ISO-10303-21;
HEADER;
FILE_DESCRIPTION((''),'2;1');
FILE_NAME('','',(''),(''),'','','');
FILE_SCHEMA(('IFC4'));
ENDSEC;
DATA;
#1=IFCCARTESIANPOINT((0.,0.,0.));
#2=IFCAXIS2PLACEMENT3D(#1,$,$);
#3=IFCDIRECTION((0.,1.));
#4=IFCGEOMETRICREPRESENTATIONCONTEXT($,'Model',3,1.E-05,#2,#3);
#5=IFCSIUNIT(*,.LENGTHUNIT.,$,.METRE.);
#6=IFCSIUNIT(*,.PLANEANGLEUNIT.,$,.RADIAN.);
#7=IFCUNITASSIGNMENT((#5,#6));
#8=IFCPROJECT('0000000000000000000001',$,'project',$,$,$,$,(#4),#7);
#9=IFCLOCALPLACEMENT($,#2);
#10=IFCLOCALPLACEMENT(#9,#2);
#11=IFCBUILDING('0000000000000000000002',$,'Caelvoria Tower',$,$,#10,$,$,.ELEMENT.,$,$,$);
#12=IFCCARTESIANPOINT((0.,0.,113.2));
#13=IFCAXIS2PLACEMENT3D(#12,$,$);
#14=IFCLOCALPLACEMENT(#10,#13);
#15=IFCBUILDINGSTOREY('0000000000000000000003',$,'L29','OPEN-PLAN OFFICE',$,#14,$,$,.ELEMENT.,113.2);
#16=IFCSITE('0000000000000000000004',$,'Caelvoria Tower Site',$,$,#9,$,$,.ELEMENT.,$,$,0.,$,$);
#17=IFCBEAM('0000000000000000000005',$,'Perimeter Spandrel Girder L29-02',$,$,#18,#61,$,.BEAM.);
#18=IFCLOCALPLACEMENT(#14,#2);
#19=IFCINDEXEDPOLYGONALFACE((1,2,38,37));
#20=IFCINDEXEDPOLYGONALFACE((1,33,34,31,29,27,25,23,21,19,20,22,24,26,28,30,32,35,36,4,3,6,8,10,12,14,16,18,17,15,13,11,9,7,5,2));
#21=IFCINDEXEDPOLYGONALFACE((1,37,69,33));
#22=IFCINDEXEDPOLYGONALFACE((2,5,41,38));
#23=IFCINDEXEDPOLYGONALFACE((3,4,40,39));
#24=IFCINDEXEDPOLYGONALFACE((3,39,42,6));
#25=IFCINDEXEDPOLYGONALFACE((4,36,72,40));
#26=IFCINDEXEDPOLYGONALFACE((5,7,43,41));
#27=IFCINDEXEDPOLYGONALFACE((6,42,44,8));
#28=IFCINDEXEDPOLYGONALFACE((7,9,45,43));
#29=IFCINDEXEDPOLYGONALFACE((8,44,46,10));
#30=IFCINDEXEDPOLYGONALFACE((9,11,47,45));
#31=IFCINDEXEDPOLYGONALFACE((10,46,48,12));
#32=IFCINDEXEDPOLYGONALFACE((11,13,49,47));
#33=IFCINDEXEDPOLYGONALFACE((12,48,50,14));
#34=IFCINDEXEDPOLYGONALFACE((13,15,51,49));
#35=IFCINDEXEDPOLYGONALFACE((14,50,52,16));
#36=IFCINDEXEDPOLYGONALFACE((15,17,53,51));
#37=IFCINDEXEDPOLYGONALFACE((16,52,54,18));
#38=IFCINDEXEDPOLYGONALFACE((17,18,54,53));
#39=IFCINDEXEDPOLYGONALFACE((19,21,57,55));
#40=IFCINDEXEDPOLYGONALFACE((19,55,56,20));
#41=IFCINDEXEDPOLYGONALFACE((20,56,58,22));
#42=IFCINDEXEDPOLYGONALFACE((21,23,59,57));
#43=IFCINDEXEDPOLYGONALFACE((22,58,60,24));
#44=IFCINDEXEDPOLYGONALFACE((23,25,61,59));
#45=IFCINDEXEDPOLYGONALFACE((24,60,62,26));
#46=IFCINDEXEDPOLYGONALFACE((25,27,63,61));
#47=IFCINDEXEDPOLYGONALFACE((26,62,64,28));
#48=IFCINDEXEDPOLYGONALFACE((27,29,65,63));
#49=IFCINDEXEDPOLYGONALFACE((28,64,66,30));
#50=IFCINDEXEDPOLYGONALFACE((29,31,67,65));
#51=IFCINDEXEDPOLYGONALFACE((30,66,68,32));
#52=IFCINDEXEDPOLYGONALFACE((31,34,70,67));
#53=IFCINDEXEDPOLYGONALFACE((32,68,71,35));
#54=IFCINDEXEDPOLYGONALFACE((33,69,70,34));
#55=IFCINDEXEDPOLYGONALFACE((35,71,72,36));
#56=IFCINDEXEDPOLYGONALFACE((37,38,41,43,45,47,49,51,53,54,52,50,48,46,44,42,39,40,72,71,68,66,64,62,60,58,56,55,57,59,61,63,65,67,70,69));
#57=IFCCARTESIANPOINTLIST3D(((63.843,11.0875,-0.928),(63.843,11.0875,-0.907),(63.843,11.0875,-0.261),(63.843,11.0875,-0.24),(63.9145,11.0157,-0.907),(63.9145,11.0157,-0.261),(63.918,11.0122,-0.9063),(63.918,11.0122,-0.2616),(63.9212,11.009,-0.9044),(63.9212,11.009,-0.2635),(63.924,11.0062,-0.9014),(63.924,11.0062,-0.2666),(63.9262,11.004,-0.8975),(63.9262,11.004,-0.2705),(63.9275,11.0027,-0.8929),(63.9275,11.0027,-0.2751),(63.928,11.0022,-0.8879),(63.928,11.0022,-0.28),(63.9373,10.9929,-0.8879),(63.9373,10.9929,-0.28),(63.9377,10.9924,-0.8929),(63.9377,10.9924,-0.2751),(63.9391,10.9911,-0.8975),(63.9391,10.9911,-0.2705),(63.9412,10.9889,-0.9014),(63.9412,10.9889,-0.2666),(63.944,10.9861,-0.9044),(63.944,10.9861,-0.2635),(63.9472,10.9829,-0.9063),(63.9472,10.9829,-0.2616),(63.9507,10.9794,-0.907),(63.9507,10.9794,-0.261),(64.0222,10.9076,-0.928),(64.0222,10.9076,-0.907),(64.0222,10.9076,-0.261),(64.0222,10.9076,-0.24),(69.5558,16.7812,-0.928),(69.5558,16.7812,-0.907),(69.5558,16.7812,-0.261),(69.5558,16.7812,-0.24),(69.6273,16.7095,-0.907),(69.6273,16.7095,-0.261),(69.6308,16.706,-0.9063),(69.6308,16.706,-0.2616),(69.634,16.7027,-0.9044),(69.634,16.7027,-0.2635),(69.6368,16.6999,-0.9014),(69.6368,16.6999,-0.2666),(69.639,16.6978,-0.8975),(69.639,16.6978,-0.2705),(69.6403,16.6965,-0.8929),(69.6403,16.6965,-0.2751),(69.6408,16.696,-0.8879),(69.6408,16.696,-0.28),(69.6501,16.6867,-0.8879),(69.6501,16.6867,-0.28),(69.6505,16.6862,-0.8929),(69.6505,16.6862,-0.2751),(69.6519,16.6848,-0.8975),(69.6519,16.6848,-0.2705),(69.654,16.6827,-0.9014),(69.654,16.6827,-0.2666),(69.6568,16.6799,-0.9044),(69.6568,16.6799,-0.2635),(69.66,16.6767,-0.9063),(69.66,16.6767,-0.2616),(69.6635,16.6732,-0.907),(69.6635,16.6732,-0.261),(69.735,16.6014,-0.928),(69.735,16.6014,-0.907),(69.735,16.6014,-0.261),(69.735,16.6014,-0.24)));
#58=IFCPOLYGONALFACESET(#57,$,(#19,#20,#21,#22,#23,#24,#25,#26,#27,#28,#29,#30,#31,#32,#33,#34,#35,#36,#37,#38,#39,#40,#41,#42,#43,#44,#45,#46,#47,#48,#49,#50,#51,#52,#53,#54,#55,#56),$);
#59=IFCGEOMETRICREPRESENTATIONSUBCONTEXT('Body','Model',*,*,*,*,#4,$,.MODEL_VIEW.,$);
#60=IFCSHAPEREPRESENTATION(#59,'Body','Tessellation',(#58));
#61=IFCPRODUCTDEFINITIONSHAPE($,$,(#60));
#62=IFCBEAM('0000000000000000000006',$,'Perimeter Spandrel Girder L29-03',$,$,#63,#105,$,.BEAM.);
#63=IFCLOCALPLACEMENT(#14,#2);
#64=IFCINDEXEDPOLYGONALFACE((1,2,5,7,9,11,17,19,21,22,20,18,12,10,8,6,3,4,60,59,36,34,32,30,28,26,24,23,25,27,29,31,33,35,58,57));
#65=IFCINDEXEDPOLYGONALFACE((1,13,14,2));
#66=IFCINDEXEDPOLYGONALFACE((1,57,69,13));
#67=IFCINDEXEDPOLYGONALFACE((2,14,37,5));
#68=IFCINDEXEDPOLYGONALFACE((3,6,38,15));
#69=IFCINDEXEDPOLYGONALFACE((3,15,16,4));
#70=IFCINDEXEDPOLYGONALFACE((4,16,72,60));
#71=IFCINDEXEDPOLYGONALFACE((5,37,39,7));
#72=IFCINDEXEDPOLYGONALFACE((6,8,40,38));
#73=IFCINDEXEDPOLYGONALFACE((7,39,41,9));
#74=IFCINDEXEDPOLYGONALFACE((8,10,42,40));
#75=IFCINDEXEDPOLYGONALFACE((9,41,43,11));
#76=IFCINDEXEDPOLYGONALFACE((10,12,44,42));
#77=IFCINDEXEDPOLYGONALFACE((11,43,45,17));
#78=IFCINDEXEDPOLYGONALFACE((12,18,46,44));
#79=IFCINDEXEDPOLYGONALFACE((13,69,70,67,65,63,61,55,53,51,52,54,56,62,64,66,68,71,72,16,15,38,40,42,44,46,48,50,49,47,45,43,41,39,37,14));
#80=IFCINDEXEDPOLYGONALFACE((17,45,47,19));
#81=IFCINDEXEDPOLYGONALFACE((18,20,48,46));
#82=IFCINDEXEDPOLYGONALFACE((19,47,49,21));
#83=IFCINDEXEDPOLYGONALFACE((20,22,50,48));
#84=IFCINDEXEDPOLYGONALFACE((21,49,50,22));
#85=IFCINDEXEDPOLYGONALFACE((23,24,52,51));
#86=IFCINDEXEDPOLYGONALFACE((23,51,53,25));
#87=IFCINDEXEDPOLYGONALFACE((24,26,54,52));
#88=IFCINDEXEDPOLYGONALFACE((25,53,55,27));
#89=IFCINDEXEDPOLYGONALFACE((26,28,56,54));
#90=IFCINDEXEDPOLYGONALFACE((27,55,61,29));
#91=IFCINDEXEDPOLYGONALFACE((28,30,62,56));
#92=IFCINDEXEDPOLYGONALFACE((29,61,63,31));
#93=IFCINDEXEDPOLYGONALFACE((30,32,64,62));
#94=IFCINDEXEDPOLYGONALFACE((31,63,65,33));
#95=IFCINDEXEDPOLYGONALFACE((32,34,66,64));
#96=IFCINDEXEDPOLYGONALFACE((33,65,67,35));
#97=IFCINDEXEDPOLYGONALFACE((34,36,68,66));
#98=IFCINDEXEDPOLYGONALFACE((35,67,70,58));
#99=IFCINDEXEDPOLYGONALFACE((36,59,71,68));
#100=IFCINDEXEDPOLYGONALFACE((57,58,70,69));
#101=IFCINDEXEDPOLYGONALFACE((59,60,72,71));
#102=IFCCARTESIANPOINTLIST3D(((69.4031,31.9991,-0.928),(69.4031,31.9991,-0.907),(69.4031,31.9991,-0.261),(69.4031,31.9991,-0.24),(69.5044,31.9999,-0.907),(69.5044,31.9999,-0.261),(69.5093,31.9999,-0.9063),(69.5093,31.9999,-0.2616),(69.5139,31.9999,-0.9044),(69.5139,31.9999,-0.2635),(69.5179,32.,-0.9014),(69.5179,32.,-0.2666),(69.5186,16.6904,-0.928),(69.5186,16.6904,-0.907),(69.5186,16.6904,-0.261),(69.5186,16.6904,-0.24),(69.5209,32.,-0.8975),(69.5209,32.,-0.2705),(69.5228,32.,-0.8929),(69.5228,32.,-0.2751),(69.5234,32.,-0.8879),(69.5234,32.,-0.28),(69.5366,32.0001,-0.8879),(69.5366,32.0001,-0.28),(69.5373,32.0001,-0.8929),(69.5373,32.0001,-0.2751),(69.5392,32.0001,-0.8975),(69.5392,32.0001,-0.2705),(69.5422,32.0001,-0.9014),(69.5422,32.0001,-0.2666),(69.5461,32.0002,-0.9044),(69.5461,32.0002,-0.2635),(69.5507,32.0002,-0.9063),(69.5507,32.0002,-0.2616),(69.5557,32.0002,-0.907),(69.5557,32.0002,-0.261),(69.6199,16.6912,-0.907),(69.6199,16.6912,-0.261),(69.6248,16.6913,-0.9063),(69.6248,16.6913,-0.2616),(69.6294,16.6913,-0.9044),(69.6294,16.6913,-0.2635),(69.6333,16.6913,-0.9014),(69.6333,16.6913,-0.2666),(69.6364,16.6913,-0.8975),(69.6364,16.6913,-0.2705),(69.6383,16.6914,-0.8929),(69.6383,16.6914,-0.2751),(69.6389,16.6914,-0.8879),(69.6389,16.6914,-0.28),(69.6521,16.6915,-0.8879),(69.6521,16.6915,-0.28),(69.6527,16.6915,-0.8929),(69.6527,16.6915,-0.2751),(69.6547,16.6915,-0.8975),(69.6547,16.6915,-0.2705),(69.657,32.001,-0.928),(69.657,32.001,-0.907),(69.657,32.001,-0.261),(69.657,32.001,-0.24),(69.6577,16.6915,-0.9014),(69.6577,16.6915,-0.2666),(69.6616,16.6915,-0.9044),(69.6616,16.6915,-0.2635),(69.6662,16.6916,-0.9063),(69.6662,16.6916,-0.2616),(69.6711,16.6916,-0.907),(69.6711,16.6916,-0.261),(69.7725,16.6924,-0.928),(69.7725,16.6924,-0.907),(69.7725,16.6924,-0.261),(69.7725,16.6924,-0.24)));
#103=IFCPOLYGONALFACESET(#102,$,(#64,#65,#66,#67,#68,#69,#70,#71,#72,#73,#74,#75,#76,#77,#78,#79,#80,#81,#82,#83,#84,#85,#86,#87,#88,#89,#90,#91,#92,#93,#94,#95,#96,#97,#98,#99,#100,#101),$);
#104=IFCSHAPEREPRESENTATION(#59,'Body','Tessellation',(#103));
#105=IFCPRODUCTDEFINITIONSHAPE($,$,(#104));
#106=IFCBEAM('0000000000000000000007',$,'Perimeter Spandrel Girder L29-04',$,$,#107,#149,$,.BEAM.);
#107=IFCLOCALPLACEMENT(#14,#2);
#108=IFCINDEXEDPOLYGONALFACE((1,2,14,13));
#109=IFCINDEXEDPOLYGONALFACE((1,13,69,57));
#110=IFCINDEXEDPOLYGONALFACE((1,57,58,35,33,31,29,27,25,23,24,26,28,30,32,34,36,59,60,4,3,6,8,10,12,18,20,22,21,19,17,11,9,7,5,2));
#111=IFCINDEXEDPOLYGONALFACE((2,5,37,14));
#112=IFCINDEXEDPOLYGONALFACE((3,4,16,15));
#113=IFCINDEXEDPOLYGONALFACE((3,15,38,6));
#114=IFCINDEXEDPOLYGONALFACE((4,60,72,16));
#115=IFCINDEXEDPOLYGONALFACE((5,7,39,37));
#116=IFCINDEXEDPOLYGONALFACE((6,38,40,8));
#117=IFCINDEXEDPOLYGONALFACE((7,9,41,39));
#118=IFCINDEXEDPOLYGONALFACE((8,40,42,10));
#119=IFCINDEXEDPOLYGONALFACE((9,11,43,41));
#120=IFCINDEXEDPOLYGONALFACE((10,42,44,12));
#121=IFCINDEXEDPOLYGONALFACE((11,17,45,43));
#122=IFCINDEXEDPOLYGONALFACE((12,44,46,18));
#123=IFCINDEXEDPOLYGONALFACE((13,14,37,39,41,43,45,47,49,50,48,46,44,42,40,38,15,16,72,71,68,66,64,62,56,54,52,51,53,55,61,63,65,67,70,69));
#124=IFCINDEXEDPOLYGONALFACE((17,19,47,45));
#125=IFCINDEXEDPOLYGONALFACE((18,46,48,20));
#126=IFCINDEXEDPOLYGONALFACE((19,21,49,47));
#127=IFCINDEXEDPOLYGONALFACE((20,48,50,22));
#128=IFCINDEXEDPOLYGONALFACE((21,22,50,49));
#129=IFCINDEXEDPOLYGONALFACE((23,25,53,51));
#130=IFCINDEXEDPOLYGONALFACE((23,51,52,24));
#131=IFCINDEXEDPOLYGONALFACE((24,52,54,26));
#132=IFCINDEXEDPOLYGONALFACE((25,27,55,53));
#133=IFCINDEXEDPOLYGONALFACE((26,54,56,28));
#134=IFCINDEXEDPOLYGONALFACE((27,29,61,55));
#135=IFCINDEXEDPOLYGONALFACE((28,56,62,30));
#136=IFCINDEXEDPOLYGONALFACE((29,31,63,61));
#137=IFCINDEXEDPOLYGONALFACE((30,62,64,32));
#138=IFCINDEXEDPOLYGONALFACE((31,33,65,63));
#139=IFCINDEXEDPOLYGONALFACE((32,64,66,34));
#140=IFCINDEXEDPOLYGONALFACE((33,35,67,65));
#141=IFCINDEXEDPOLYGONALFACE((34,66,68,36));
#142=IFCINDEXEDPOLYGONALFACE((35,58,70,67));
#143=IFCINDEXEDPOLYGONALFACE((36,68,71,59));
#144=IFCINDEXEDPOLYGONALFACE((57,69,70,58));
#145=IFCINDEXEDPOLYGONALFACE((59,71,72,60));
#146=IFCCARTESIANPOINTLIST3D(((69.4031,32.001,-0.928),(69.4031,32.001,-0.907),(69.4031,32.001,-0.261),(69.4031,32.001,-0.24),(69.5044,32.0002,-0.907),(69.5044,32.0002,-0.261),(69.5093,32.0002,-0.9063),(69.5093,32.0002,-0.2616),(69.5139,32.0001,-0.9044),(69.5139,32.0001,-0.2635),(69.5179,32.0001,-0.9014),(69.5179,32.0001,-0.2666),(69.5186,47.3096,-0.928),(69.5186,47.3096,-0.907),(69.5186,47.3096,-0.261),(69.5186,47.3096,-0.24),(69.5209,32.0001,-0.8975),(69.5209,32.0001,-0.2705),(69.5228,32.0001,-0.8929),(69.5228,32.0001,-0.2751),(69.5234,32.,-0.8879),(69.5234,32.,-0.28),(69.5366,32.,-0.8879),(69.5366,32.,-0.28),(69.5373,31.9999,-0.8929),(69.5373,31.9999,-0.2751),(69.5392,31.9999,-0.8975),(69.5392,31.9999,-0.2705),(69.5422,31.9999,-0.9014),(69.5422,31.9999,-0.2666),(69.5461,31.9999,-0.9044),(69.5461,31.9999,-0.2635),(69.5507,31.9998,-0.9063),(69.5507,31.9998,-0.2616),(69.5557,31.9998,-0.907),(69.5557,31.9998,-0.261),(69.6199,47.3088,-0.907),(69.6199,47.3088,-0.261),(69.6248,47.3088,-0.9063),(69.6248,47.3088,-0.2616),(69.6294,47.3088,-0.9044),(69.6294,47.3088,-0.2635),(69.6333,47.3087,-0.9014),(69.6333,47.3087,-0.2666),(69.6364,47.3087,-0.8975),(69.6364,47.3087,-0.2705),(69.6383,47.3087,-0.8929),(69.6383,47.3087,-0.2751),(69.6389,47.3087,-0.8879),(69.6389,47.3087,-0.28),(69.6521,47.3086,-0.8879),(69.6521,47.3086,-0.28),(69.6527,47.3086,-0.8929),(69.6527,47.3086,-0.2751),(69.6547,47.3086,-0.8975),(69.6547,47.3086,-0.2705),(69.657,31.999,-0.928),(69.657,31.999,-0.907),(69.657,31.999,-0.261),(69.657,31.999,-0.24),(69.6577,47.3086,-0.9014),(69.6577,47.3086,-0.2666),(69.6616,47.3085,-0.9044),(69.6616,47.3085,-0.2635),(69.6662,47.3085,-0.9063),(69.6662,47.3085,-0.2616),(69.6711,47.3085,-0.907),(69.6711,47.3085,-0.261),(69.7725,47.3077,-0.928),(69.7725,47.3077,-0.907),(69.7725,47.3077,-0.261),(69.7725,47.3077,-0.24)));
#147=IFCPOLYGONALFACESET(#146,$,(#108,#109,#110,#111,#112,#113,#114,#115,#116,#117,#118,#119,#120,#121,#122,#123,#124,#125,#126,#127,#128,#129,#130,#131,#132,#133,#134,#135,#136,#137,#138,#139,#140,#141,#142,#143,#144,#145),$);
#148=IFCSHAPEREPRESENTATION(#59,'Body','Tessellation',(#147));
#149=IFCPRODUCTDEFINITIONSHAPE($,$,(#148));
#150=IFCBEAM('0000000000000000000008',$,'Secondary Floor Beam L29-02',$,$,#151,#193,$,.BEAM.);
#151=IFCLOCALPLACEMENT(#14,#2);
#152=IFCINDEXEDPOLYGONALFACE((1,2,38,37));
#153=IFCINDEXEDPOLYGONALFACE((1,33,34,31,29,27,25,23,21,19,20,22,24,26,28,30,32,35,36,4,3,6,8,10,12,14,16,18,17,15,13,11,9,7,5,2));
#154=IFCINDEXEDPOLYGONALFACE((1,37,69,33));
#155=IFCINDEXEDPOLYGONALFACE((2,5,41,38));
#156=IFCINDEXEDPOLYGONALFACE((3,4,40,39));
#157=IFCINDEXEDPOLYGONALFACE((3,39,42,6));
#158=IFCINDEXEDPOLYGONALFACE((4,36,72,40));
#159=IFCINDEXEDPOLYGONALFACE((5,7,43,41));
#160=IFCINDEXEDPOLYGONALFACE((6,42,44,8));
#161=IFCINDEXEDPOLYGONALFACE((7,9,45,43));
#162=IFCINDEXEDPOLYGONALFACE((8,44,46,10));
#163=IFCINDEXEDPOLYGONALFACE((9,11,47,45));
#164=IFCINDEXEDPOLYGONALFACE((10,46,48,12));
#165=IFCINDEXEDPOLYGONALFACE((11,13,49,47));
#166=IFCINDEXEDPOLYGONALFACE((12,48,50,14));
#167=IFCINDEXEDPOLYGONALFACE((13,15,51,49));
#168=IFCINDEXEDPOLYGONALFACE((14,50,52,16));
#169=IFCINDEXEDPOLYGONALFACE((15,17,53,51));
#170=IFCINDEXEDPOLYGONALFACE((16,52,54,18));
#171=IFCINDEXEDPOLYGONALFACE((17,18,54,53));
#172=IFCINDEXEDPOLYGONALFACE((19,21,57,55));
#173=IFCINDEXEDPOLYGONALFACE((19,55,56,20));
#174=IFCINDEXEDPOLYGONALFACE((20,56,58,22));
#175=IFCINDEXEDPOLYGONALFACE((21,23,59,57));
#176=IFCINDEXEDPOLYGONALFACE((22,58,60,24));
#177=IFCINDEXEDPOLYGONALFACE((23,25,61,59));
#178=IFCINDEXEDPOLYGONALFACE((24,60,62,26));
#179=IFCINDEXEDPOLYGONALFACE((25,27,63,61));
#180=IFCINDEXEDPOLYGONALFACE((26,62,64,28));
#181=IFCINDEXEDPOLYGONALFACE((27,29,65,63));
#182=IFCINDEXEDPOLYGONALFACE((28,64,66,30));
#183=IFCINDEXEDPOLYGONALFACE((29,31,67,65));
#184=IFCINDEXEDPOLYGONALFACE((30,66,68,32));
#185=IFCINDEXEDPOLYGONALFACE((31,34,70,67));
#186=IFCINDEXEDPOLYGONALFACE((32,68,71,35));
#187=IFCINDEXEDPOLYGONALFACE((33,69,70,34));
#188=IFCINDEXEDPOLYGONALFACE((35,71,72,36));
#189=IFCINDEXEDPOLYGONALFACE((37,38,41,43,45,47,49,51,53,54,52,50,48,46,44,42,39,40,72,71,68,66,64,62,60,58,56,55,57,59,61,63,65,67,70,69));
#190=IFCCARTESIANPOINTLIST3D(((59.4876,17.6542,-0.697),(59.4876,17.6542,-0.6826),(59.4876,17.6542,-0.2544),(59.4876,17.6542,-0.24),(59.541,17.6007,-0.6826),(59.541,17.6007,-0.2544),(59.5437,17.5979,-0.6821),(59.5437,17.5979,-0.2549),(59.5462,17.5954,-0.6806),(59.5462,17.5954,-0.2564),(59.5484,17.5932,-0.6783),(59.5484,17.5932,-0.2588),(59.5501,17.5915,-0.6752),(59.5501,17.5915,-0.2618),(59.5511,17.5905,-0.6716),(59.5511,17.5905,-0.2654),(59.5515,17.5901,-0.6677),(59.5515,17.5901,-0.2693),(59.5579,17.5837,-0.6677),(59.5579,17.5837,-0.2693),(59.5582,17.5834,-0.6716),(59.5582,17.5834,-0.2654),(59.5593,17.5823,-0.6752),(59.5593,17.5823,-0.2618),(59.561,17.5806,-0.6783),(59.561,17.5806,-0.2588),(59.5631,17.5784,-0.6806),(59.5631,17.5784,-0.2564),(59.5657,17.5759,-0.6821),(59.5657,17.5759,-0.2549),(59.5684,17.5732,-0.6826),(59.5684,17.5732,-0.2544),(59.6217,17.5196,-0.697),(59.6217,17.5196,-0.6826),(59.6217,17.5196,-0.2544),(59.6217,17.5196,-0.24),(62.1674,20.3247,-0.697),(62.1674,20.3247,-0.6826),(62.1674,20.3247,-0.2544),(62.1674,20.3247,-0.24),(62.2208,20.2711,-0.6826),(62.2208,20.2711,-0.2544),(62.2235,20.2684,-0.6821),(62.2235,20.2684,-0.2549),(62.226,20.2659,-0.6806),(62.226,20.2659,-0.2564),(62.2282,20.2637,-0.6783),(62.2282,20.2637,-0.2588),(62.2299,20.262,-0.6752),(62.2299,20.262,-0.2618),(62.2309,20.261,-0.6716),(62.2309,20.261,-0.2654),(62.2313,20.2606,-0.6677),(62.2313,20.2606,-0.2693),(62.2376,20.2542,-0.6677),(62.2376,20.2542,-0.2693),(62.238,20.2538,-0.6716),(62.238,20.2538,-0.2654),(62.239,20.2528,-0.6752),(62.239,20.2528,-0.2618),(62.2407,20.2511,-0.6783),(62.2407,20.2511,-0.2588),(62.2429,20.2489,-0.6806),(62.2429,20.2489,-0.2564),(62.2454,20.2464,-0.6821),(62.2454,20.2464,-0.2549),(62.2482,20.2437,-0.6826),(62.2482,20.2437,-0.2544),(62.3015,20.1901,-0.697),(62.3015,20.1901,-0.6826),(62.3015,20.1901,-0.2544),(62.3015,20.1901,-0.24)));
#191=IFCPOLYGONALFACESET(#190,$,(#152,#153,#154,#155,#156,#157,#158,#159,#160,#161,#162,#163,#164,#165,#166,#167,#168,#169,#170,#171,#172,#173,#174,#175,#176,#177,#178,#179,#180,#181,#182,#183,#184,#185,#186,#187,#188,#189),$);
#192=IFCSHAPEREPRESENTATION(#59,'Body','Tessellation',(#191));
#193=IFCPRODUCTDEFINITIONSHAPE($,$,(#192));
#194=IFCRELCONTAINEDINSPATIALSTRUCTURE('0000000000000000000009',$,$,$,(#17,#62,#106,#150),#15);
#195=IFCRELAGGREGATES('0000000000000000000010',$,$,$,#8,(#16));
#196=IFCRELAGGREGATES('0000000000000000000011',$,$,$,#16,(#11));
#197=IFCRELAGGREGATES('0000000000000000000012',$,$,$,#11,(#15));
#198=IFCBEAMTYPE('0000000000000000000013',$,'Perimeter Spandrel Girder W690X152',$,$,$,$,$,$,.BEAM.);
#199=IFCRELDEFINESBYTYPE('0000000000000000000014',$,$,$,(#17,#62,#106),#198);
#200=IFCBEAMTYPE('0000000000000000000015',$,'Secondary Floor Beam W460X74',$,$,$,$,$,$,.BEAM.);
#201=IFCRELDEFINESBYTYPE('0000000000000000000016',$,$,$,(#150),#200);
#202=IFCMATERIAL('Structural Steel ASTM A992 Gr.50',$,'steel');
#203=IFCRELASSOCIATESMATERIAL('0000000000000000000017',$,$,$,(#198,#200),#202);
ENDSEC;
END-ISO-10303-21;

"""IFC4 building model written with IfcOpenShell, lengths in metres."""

from ifc_helpers import new_model, si_unit, direction, frame, origin, origin_2d, place, context, subcontext, project, spatial, i_section, extrude, material, material_profile, profile_set, type_object, element, save


model = new_model("IFC4")

# Units and contexts
model_context = context("Model", 3, precision=1e-05, world=origin(), true_north=direction((0.0, 1.0)))
body_context = subcontext(model_context, "Body", "Model", "MODEL_VIEW")
ifc_project = project(units=[si_unit("LENGTHUNIT", "METRE"), si_unit("PLANEANGLEUNIT", "RADIAN")], contexts=[model_context])

# Site, building, storey
site_placement = place(None, origin())
site = spatial("IfcSite", under=ifc_project, at=site_placement, Name="Caelvoria Tower Site", CompositionType="ELEMENT", RefElevation=0.0)
building_placement = place(site_placement, origin())
building = spatial("IfcBuilding", under=site, at=building_placement, Name="Caelvoria Tower", CompositionType="ELEMENT")
storey_placement = place(building_placement, frame((0.0, 0.0, 113.2)))
storey = spatial("IfcBuildingStorey", under=building, at=storey_placement, Name="L29", Description="OPEN-PLAN OFFICE", CompositionType="ELEMENT", Elevation=113.2)

# Beams
ifc_material_1 = material(Name="Structural Steel ASTM A992 Gr.50", Category="steel")
ifc_material_profile_1 = material_profile(ifc_material_1, i_section(OverallWidth=0.2539, OverallDepth=0.688, WebThickness=0.0132, FlangeThickness=0.021, FilletRadius=0.019, at=origin_2d()), Name="Structural Steel ASTM A992 Gr.50")
ifc_profile_set_1 = profile_set([ifc_material_profile_1], Name="W690X152 - Structural Steel ASTM A992 Gr.50")
beam_type_1 = type_object("IfcBeamType", Name="Perimeter Spandrel Girder W690X152", PredefinedType="BEAM", material=ifc_profile_set_1)
beam_1_placement = place(storey_placement, frame((63.9326, 10.9976, -0.584), z_axis=(0.708286, 0.705925, 0.0), x_axis=(-0.705925, 0.708286, 0.0)))
element("IfcBeam", 1, at=beam_1_placement, inside=storey, type_object=beam_type_1, Name="Perimeter Spandrel Girder L29-02", PredefinedType="BEAM", context=body_context, shape_type="SweptSolid", body=[
    extrude(i_section(OverallWidth=0.2539, OverallDepth=0.688, WebThickness=0.0132, FlangeThickness=0.021, FilletRadius=0.019, at=origin_2d()), origin(), (0.0, 0.0, 1.0), 8.0657),
])
for number, where, z_axis, x_axis, name in (
    (2, (69.6455, 16.6914, -0.584), (-0.007543, 0.999972, 0.0), (-0.999972, -0.007543, 0.0), "Perimeter Spandrel Girder L29-03"),
    (3, (69.53, 32.0, -0.584), (0.007543, 0.999972, 0.0), (-0.999972, 0.007543, 0.0), "Perimeter Spandrel Girder L29-04"),
):
    element("IfcBeam", number, at=place(storey_placement, frame(where, z_axis=z_axis, x_axis=x_axis)), inside=storey, type_object=beam_type_1, Name=name, PredefinedType="BEAM", context=body_context, shape_type="SweptSolid", body=[
        extrude(i_section(OverallWidth=0.2539, OverallDepth=0.688, WebThickness=0.0132, FlangeThickness=0.021, FilletRadius=0.019, at=origin_2d()), origin(), (0.0, 0.0, 1.0), 15.3091),
    ])
ifc_material_profile_2 = material_profile(ifc_material_1, i_section(OverallWidth=0.1899, OverallDepth=0.457, WebThickness=0.009, FlangeThickness=0.0144, FilletRadius=0.0149, at=origin_2d()), Name="Structural Steel ASTM A992 Gr.50")
ifc_profile_set_2 = profile_set([ifc_material_profile_2], Name="W460X74 - Structural Steel ASTM A992 Gr.50")
beam_type_2 = type_object("IfcBeamType", Name="Secondary Floor Beam W460X74", PredefinedType="BEAM", material=ifc_profile_set_2)
beam_2_placement = place(storey_placement, frame((59.5547, 17.5869, -0.4685), z_axis=(0.708332, 0.70588, 0.0), x_axis=(-0.70588, 0.708332, 0.0)))
element("IfcBeam", 4, at=beam_2_placement, inside=storey, type_object=beam_type_2, Name="Secondary Floor Beam L29-02", PredefinedType="BEAM", context=body_context, shape_type="SweptSolid", body=[
    extrude(i_section(OverallWidth=0.1899, OverallDepth=0.457, WebThickness=0.009, FlangeThickness=0.0144, FilletRadius=0.0149, at=origin_2d()), origin(), (0.0, 0.0, 1.0), 3.7832),
])

save(model, "model.ifc")
